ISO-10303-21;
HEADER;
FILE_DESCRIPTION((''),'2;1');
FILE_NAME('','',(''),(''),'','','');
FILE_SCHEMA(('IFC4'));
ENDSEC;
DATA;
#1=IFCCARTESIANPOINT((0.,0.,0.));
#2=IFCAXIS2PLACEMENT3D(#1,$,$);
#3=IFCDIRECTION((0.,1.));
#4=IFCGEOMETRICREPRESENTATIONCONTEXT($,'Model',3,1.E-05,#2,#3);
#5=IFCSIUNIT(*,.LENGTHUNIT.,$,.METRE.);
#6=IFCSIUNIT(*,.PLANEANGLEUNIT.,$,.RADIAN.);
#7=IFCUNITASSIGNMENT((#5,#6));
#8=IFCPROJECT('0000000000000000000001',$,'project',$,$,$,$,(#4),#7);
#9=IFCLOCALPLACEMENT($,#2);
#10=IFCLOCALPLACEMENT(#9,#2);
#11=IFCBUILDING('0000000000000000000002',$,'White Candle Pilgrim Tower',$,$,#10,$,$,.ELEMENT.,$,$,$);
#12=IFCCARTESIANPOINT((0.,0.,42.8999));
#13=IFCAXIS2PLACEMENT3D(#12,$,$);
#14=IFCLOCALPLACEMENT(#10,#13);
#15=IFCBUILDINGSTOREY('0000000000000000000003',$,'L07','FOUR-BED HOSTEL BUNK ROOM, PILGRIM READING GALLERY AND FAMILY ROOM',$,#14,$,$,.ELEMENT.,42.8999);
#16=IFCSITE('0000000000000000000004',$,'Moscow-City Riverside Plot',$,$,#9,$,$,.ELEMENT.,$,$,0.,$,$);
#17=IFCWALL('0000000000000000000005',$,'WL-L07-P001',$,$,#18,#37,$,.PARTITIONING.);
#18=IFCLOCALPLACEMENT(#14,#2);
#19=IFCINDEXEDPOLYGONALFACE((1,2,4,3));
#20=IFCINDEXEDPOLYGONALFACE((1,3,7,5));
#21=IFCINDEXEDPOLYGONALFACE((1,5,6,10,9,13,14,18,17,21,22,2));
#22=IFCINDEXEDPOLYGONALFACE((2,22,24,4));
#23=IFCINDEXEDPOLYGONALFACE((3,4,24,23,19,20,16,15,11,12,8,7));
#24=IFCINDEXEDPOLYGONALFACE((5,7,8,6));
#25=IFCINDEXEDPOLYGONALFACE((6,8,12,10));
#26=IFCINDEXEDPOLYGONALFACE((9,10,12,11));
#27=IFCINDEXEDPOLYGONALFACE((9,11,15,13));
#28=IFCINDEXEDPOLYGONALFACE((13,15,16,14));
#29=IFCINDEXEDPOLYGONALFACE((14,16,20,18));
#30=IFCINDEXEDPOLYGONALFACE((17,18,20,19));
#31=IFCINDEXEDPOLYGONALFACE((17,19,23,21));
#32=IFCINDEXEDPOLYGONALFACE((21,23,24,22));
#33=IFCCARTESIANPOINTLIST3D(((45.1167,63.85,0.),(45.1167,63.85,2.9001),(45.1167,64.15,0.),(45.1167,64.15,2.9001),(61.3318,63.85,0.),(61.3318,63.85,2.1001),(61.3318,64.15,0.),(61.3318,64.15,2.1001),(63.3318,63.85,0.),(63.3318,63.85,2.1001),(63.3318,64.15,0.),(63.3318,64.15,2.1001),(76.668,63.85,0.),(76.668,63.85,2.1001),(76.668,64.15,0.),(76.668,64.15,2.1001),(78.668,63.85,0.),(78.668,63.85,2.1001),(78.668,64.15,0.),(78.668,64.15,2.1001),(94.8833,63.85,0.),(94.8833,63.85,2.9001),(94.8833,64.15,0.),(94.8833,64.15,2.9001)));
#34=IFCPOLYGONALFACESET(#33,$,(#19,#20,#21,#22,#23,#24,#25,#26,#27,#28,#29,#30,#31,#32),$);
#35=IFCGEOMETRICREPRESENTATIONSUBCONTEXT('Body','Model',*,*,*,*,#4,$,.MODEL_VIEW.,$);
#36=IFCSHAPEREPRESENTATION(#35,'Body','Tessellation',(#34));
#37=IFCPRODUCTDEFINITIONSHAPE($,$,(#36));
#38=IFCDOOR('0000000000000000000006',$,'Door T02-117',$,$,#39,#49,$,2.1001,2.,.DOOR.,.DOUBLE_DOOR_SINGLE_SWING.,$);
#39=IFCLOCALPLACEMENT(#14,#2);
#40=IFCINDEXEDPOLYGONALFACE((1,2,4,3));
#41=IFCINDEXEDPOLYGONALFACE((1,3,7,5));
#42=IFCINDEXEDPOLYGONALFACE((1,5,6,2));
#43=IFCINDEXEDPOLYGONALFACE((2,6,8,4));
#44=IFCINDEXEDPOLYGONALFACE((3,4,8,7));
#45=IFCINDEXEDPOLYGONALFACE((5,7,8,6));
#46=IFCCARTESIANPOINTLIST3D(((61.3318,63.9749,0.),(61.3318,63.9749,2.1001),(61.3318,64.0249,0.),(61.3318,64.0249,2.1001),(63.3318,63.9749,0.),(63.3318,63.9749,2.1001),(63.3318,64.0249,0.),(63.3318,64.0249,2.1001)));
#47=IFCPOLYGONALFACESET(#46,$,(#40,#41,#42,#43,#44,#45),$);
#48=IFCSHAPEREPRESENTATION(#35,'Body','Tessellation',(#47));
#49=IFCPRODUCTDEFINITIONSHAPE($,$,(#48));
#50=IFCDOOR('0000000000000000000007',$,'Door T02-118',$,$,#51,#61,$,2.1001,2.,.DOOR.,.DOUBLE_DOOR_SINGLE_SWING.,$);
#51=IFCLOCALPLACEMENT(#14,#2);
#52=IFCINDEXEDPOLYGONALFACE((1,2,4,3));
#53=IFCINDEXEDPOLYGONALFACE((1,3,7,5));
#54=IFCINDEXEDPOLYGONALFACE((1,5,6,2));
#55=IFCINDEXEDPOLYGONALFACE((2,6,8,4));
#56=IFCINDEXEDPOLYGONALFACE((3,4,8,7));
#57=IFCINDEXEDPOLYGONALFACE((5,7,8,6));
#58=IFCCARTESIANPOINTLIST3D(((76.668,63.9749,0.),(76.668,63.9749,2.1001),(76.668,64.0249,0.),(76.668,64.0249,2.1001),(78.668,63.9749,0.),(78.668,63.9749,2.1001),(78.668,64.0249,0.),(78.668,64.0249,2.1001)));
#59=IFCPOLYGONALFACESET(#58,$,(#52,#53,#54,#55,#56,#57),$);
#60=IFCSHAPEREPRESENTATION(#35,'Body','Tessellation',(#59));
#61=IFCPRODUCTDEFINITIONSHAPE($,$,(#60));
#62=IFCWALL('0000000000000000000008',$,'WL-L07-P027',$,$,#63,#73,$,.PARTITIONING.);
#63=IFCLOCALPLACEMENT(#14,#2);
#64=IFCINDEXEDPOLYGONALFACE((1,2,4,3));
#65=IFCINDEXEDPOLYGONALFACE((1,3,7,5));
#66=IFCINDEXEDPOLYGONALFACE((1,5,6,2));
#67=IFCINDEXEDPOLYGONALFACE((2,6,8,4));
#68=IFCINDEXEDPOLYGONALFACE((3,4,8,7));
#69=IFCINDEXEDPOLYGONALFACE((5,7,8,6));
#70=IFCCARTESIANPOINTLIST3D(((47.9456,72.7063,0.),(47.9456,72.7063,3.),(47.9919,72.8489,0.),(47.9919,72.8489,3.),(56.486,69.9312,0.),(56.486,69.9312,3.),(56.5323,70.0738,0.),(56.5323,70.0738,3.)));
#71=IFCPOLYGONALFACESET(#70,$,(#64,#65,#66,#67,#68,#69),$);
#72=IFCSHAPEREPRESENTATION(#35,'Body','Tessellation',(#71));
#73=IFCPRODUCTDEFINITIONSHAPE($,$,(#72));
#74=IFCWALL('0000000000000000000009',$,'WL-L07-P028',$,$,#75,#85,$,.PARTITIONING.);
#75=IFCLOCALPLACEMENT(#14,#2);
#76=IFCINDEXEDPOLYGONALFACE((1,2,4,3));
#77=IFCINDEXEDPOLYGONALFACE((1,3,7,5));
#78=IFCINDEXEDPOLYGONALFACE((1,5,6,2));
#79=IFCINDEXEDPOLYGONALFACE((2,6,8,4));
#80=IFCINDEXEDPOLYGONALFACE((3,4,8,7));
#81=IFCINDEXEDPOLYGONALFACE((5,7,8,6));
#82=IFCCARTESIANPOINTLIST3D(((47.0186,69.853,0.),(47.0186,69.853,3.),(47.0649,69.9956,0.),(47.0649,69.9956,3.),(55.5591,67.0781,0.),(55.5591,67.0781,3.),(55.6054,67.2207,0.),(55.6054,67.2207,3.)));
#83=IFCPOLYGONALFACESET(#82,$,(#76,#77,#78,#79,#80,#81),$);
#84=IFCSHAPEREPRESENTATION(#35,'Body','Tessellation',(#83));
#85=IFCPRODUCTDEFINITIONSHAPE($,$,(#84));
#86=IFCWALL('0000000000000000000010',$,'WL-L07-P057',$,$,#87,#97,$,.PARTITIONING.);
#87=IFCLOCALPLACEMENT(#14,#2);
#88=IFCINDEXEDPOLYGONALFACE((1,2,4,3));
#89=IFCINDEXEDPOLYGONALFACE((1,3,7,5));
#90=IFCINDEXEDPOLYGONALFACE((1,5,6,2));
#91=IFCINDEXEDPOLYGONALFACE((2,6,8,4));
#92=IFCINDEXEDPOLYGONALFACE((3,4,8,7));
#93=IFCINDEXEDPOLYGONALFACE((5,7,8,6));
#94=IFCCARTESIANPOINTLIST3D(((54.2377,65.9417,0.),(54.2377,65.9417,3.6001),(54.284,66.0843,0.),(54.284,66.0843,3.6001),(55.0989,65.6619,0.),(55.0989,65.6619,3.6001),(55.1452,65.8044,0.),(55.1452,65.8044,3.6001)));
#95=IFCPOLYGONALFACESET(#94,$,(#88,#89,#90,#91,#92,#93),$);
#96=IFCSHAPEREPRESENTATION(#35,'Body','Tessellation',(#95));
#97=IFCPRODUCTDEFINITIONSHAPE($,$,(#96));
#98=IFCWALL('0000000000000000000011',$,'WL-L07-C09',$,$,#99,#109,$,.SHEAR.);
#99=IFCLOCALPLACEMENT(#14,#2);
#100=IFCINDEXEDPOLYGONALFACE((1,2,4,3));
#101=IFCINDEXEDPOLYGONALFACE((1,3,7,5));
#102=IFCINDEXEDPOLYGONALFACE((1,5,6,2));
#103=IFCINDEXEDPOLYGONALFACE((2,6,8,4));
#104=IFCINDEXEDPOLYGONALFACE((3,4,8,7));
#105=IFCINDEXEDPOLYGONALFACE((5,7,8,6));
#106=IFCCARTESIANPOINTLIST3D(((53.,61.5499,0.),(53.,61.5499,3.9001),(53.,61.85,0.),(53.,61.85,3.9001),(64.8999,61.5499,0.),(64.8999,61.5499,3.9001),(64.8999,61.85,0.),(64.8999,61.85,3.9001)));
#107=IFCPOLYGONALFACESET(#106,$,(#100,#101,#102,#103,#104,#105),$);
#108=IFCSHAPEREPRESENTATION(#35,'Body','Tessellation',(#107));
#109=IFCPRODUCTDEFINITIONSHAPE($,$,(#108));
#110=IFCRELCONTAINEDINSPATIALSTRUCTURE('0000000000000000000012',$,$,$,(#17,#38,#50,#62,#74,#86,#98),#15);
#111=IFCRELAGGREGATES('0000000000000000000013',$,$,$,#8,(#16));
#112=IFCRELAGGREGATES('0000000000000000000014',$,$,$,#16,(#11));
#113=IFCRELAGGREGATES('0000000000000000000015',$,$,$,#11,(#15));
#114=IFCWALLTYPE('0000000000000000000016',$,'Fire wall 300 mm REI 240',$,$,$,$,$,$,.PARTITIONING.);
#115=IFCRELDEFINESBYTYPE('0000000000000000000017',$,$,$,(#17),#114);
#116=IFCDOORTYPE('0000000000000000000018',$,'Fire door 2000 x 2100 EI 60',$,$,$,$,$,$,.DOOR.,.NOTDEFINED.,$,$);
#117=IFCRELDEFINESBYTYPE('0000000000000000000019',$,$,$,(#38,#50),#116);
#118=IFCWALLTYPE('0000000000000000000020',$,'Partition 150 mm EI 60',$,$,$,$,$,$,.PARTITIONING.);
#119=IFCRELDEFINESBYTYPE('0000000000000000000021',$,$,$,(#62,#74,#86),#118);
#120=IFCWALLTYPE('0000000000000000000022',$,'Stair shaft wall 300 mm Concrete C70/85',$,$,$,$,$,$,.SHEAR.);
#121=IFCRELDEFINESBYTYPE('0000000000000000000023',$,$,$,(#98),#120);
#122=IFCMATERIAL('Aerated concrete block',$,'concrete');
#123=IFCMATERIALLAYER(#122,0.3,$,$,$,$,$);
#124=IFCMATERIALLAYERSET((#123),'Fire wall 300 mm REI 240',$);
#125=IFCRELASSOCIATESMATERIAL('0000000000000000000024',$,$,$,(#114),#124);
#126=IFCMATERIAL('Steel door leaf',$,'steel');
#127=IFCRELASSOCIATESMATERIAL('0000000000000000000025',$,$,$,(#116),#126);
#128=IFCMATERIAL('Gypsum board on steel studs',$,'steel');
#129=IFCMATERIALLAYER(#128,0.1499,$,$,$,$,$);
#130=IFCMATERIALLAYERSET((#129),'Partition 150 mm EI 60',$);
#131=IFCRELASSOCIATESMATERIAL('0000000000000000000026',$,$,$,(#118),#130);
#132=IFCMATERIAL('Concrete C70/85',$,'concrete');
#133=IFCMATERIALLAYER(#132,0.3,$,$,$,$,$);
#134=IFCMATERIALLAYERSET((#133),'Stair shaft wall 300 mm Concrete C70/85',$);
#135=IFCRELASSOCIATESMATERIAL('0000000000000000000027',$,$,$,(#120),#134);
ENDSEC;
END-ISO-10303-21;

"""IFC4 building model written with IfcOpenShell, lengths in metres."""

from ifc_helpers import new_model, si_unit, direction, frame, frame_2d, origin, place, context, subcontext, project, spatial, rectangle, extrude, material, layer, layer_set, type_object, element, fill, save


model = new_model("IFC4")

# Units and contexts
model_context = context("Model", 3, precision=1e-05, world=origin(), true_north=direction((0.0, 1.0)))
body_context = subcontext(model_context, "Body", "Model", "MODEL_VIEW")
ifc_project = project(units=[si_unit("LENGTHUNIT", "METRE"), si_unit("PLANEANGLEUNIT", "RADIAN")], contexts=[model_context])

# Site, building, storey
site_placement = place(None, origin())
site = spatial("IfcSite", under=ifc_project, at=site_placement, Name="Moscow-City Riverside Plot", CompositionType="ELEMENT", RefElevation=0.0)
building_placement = place(site_placement, origin())
building = spatial("IfcBuilding", under=site, at=building_placement, Name="White Candle Pilgrim Tower", CompositionType="ELEMENT")
storey_placement = place(building_placement, frame((0.0, 0.0, 42.8999)))
storey = spatial("IfcBuildingStorey", under=building, at=storey_placement, Name="L07", Description="FOUR-BED HOSTEL BUNK ROOM, PILGRIM READING GALLERY AND FAMILY ROOM", CompositionType="ELEMENT", Elevation=42.8999)

# Wall, openings, doors
ifc_material_1 = material(Name="Gypsum board on steel studs", Category="steel")
ifc_material_2 = material(Name="Steel door leaf", Category="steel")
ifc_material_3 = material(Name="Aerated concrete block", Category="concrete")
ifc_layer_1 = layer(ifc_material_3, 0.3)
ifc_layer_set_1 = layer_set([ifc_layer_1], Name="Fire wall 300 mm REI 240")
wall_type_1 = type_object("IfcWallType", Name="Fire wall 300 mm REI 240", PredefinedType="PARTITIONING", material=ifc_layer_set_1)
wall_1_placement = place(storey_placement, frame((45.1167, 64.0, 0.0), z_axis=(0.0, 0.0, 1.0), x_axis=(1.0, 0.0, 0.0)))
wall_1 = element("IfcWall", 1, at=wall_1_placement, inside=storey, type_object=wall_type_1, Name="WL-L07-P001", PredefinedType="PARTITIONING", context=body_context, shape_type="SweptSolid", body=[
    extrude(rectangle(XDim=49.7666, YDim=0.3, at=frame_2d((24.8833, 0.0))), origin(), (0.0, 0.0, 1.0), 2.9001),
])
opening_1_placement = place(wall_1_placement, frame((16.2151, 0.0, 0.0)))
opening_1 = element("IfcOpeningElement", 2, at=opening_1_placement, cuts=wall_1, PredefinedType="OPENING", context=body_context, shape_type="SweptSolid", body=[
    extrude(rectangle(XDim=2.0, YDim=2.1001, at=frame_2d((1.0, 1.05))), frame((0.0, 0.1599, 0.0), z_axis=(0.0, -1.0, 0.0), x_axis=(1.0, 0.0, 0.0)), (0.0, 0.0, 1.0), 0.3201),
])
opening_2_placement = place(wall_1_placement, frame((31.5513, 0.0, 0.0)))
opening_2 = element("IfcOpeningElement", 3, at=opening_2_placement, cuts=wall_1, PredefinedType="OPENING", context=body_context, shape_type="SweptSolid", body=[
    extrude(rectangle(XDim=2.0, YDim=2.1001, at=frame_2d((1.0, 1.05))), frame((0.0, 0.1599, 0.0), z_axis=(0.0, -1.0, 0.0), x_axis=(1.0, 0.0, 0.0)), (0.0, 0.0, 1.0), 0.3201),
])
door_type_1 = type_object("IfcDoorType", Name="Fire door 2000 x 2100 EI 60", OperationType="NOTDEFINED", PredefinedType="DOOR", material=ifc_material_2)
door_1_placement = place(opening_1_placement, origin())
door_1 = element("IfcDoor", 4, at=door_1_placement, inside=storey, type_object=door_type_1, Name="Door T02-117", OperationType="DOUBLE_DOOR_SINGLE_SWING", OverallHeight=2.1001, OverallWidth=2.0, PredefinedType="DOOR", context=body_context, shape_type="SweptSolid", body=[
    extrude(rectangle(XDim=2.0, YDim=2.1001, at=frame_2d((1.0, 1.05))), frame((0.0, 0.0249, 0.0), z_axis=(0.0, -1.0, 0.0), x_axis=(1.0, 0.0, 0.0)), (0.0, 0.0, 1.0), 0.05),
])
fill(opening_1, door_1)
door_2_placement = place(opening_2_placement, origin())
door_2 = element("IfcDoor", 5, at=door_2_placement, inside=storey, type_object=door_type_1, Name="Door T02-118", OperationType="DOUBLE_DOOR_SINGLE_SWING", OverallHeight=2.1001, OverallWidth=2.0, PredefinedType="DOOR", context=body_context, shape_type="SweptSolid", body=[
    extrude(rectangle(XDim=2.0, YDim=2.1001, at=frame_2d((1.0, 1.05))), frame((0.0, 0.0249, 0.0), z_axis=(0.0, -1.0, 0.0), x_axis=(1.0, 0.0, 0.0)), (0.0, 0.0, 1.0), 0.05),
])
fill(opening_2, door_2)

# Walls
ifc_layer_2 = layer(ifc_material_1, 0.1499)
ifc_layer_set_2 = layer_set([ifc_layer_2], Name="Partition 150 mm EI 60")
wall_type_2 = type_object("IfcWallType", Name="Partition 150 mm EI 60", PredefinedType="PARTITIONING", material=ifc_layer_set_2)
for number, where, z_axis, x_axis, name in (
    (6, (47.9688, 72.7776, 0.0), (0.0, 0.0, 1.0), (0.951051, -0.309033, 0.0), "WL-L07-P027"),
    (7, (47.0417, 69.9243, 0.0), (0.0, 0.0, 1.0), (0.951059, -0.309009, 0.0), "WL-L07-P028"),
):
    element("IfcWall", number, at=place(storey_placement, frame(where, z_axis=z_axis, x_axis=x_axis)), inside=storey, type_object=wall_type_2, Name=name, PredefinedType="PARTITIONING", context=body_context, shape_type="SweptSolid", body=[
        extrude(rectangle(XDim=8.98, YDim=0.1499, at=frame_2d((4.49, 0.0))), origin(), (0.0, 0.0, 1.0), 3.0),
    ])
wall_2_placement = place(storey_placement, frame((54.261, 66.0129, 0.0), z_axis=(0.0, 0.0, 1.0), x_axis=(0.951056, -0.309019, 0.0)))
element("IfcWall", 8, at=wall_2_placement, inside=storey, type_object=wall_type_2, Name="WL-L07-P057", PredefinedType="PARTITIONING", context=body_context, shape_type="SweptSolid", body=[
    extrude(rectangle(XDim=0.9055, YDim=0.1499, at=frame_2d((0.4526, 0.0))), origin(), (0.0, 0.0, 1.0), 3.6001),
])
ifc_material_4 = material(Name="Concrete C70/85", Category="concrete")
ifc_layer_3 = layer(ifc_material_4, 0.3)
ifc_layer_set_3 = layer_set([ifc_layer_3], Name="Stair shaft wall 300 mm Concrete C70/85")
wall_type_3 = type_object("IfcWallType", Name="Stair shaft wall 300 mm Concrete C70/85", PredefinedType="SHEAR", material=ifc_layer_set_3)
wall_3_placement = place(storey_placement, frame((53.0, 61.7, 0.0), z_axis=(0.0, 0.0, 1.0), x_axis=(1.0, 0.0, 0.0)))
element("IfcWall", 9, at=wall_3_placement, inside=storey, type_object=wall_type_3, Name="WL-L07-C09", PredefinedType="SHEAR", context=body_context, shape_type="SweptSolid", body=[
    extrude(rectangle(XDim=11.8999, YDim=0.3, at=frame_2d((5.95, 0.0))), origin(), (0.0, 0.0, 1.0), 3.9001),
])

save(model, "model.ifc")
